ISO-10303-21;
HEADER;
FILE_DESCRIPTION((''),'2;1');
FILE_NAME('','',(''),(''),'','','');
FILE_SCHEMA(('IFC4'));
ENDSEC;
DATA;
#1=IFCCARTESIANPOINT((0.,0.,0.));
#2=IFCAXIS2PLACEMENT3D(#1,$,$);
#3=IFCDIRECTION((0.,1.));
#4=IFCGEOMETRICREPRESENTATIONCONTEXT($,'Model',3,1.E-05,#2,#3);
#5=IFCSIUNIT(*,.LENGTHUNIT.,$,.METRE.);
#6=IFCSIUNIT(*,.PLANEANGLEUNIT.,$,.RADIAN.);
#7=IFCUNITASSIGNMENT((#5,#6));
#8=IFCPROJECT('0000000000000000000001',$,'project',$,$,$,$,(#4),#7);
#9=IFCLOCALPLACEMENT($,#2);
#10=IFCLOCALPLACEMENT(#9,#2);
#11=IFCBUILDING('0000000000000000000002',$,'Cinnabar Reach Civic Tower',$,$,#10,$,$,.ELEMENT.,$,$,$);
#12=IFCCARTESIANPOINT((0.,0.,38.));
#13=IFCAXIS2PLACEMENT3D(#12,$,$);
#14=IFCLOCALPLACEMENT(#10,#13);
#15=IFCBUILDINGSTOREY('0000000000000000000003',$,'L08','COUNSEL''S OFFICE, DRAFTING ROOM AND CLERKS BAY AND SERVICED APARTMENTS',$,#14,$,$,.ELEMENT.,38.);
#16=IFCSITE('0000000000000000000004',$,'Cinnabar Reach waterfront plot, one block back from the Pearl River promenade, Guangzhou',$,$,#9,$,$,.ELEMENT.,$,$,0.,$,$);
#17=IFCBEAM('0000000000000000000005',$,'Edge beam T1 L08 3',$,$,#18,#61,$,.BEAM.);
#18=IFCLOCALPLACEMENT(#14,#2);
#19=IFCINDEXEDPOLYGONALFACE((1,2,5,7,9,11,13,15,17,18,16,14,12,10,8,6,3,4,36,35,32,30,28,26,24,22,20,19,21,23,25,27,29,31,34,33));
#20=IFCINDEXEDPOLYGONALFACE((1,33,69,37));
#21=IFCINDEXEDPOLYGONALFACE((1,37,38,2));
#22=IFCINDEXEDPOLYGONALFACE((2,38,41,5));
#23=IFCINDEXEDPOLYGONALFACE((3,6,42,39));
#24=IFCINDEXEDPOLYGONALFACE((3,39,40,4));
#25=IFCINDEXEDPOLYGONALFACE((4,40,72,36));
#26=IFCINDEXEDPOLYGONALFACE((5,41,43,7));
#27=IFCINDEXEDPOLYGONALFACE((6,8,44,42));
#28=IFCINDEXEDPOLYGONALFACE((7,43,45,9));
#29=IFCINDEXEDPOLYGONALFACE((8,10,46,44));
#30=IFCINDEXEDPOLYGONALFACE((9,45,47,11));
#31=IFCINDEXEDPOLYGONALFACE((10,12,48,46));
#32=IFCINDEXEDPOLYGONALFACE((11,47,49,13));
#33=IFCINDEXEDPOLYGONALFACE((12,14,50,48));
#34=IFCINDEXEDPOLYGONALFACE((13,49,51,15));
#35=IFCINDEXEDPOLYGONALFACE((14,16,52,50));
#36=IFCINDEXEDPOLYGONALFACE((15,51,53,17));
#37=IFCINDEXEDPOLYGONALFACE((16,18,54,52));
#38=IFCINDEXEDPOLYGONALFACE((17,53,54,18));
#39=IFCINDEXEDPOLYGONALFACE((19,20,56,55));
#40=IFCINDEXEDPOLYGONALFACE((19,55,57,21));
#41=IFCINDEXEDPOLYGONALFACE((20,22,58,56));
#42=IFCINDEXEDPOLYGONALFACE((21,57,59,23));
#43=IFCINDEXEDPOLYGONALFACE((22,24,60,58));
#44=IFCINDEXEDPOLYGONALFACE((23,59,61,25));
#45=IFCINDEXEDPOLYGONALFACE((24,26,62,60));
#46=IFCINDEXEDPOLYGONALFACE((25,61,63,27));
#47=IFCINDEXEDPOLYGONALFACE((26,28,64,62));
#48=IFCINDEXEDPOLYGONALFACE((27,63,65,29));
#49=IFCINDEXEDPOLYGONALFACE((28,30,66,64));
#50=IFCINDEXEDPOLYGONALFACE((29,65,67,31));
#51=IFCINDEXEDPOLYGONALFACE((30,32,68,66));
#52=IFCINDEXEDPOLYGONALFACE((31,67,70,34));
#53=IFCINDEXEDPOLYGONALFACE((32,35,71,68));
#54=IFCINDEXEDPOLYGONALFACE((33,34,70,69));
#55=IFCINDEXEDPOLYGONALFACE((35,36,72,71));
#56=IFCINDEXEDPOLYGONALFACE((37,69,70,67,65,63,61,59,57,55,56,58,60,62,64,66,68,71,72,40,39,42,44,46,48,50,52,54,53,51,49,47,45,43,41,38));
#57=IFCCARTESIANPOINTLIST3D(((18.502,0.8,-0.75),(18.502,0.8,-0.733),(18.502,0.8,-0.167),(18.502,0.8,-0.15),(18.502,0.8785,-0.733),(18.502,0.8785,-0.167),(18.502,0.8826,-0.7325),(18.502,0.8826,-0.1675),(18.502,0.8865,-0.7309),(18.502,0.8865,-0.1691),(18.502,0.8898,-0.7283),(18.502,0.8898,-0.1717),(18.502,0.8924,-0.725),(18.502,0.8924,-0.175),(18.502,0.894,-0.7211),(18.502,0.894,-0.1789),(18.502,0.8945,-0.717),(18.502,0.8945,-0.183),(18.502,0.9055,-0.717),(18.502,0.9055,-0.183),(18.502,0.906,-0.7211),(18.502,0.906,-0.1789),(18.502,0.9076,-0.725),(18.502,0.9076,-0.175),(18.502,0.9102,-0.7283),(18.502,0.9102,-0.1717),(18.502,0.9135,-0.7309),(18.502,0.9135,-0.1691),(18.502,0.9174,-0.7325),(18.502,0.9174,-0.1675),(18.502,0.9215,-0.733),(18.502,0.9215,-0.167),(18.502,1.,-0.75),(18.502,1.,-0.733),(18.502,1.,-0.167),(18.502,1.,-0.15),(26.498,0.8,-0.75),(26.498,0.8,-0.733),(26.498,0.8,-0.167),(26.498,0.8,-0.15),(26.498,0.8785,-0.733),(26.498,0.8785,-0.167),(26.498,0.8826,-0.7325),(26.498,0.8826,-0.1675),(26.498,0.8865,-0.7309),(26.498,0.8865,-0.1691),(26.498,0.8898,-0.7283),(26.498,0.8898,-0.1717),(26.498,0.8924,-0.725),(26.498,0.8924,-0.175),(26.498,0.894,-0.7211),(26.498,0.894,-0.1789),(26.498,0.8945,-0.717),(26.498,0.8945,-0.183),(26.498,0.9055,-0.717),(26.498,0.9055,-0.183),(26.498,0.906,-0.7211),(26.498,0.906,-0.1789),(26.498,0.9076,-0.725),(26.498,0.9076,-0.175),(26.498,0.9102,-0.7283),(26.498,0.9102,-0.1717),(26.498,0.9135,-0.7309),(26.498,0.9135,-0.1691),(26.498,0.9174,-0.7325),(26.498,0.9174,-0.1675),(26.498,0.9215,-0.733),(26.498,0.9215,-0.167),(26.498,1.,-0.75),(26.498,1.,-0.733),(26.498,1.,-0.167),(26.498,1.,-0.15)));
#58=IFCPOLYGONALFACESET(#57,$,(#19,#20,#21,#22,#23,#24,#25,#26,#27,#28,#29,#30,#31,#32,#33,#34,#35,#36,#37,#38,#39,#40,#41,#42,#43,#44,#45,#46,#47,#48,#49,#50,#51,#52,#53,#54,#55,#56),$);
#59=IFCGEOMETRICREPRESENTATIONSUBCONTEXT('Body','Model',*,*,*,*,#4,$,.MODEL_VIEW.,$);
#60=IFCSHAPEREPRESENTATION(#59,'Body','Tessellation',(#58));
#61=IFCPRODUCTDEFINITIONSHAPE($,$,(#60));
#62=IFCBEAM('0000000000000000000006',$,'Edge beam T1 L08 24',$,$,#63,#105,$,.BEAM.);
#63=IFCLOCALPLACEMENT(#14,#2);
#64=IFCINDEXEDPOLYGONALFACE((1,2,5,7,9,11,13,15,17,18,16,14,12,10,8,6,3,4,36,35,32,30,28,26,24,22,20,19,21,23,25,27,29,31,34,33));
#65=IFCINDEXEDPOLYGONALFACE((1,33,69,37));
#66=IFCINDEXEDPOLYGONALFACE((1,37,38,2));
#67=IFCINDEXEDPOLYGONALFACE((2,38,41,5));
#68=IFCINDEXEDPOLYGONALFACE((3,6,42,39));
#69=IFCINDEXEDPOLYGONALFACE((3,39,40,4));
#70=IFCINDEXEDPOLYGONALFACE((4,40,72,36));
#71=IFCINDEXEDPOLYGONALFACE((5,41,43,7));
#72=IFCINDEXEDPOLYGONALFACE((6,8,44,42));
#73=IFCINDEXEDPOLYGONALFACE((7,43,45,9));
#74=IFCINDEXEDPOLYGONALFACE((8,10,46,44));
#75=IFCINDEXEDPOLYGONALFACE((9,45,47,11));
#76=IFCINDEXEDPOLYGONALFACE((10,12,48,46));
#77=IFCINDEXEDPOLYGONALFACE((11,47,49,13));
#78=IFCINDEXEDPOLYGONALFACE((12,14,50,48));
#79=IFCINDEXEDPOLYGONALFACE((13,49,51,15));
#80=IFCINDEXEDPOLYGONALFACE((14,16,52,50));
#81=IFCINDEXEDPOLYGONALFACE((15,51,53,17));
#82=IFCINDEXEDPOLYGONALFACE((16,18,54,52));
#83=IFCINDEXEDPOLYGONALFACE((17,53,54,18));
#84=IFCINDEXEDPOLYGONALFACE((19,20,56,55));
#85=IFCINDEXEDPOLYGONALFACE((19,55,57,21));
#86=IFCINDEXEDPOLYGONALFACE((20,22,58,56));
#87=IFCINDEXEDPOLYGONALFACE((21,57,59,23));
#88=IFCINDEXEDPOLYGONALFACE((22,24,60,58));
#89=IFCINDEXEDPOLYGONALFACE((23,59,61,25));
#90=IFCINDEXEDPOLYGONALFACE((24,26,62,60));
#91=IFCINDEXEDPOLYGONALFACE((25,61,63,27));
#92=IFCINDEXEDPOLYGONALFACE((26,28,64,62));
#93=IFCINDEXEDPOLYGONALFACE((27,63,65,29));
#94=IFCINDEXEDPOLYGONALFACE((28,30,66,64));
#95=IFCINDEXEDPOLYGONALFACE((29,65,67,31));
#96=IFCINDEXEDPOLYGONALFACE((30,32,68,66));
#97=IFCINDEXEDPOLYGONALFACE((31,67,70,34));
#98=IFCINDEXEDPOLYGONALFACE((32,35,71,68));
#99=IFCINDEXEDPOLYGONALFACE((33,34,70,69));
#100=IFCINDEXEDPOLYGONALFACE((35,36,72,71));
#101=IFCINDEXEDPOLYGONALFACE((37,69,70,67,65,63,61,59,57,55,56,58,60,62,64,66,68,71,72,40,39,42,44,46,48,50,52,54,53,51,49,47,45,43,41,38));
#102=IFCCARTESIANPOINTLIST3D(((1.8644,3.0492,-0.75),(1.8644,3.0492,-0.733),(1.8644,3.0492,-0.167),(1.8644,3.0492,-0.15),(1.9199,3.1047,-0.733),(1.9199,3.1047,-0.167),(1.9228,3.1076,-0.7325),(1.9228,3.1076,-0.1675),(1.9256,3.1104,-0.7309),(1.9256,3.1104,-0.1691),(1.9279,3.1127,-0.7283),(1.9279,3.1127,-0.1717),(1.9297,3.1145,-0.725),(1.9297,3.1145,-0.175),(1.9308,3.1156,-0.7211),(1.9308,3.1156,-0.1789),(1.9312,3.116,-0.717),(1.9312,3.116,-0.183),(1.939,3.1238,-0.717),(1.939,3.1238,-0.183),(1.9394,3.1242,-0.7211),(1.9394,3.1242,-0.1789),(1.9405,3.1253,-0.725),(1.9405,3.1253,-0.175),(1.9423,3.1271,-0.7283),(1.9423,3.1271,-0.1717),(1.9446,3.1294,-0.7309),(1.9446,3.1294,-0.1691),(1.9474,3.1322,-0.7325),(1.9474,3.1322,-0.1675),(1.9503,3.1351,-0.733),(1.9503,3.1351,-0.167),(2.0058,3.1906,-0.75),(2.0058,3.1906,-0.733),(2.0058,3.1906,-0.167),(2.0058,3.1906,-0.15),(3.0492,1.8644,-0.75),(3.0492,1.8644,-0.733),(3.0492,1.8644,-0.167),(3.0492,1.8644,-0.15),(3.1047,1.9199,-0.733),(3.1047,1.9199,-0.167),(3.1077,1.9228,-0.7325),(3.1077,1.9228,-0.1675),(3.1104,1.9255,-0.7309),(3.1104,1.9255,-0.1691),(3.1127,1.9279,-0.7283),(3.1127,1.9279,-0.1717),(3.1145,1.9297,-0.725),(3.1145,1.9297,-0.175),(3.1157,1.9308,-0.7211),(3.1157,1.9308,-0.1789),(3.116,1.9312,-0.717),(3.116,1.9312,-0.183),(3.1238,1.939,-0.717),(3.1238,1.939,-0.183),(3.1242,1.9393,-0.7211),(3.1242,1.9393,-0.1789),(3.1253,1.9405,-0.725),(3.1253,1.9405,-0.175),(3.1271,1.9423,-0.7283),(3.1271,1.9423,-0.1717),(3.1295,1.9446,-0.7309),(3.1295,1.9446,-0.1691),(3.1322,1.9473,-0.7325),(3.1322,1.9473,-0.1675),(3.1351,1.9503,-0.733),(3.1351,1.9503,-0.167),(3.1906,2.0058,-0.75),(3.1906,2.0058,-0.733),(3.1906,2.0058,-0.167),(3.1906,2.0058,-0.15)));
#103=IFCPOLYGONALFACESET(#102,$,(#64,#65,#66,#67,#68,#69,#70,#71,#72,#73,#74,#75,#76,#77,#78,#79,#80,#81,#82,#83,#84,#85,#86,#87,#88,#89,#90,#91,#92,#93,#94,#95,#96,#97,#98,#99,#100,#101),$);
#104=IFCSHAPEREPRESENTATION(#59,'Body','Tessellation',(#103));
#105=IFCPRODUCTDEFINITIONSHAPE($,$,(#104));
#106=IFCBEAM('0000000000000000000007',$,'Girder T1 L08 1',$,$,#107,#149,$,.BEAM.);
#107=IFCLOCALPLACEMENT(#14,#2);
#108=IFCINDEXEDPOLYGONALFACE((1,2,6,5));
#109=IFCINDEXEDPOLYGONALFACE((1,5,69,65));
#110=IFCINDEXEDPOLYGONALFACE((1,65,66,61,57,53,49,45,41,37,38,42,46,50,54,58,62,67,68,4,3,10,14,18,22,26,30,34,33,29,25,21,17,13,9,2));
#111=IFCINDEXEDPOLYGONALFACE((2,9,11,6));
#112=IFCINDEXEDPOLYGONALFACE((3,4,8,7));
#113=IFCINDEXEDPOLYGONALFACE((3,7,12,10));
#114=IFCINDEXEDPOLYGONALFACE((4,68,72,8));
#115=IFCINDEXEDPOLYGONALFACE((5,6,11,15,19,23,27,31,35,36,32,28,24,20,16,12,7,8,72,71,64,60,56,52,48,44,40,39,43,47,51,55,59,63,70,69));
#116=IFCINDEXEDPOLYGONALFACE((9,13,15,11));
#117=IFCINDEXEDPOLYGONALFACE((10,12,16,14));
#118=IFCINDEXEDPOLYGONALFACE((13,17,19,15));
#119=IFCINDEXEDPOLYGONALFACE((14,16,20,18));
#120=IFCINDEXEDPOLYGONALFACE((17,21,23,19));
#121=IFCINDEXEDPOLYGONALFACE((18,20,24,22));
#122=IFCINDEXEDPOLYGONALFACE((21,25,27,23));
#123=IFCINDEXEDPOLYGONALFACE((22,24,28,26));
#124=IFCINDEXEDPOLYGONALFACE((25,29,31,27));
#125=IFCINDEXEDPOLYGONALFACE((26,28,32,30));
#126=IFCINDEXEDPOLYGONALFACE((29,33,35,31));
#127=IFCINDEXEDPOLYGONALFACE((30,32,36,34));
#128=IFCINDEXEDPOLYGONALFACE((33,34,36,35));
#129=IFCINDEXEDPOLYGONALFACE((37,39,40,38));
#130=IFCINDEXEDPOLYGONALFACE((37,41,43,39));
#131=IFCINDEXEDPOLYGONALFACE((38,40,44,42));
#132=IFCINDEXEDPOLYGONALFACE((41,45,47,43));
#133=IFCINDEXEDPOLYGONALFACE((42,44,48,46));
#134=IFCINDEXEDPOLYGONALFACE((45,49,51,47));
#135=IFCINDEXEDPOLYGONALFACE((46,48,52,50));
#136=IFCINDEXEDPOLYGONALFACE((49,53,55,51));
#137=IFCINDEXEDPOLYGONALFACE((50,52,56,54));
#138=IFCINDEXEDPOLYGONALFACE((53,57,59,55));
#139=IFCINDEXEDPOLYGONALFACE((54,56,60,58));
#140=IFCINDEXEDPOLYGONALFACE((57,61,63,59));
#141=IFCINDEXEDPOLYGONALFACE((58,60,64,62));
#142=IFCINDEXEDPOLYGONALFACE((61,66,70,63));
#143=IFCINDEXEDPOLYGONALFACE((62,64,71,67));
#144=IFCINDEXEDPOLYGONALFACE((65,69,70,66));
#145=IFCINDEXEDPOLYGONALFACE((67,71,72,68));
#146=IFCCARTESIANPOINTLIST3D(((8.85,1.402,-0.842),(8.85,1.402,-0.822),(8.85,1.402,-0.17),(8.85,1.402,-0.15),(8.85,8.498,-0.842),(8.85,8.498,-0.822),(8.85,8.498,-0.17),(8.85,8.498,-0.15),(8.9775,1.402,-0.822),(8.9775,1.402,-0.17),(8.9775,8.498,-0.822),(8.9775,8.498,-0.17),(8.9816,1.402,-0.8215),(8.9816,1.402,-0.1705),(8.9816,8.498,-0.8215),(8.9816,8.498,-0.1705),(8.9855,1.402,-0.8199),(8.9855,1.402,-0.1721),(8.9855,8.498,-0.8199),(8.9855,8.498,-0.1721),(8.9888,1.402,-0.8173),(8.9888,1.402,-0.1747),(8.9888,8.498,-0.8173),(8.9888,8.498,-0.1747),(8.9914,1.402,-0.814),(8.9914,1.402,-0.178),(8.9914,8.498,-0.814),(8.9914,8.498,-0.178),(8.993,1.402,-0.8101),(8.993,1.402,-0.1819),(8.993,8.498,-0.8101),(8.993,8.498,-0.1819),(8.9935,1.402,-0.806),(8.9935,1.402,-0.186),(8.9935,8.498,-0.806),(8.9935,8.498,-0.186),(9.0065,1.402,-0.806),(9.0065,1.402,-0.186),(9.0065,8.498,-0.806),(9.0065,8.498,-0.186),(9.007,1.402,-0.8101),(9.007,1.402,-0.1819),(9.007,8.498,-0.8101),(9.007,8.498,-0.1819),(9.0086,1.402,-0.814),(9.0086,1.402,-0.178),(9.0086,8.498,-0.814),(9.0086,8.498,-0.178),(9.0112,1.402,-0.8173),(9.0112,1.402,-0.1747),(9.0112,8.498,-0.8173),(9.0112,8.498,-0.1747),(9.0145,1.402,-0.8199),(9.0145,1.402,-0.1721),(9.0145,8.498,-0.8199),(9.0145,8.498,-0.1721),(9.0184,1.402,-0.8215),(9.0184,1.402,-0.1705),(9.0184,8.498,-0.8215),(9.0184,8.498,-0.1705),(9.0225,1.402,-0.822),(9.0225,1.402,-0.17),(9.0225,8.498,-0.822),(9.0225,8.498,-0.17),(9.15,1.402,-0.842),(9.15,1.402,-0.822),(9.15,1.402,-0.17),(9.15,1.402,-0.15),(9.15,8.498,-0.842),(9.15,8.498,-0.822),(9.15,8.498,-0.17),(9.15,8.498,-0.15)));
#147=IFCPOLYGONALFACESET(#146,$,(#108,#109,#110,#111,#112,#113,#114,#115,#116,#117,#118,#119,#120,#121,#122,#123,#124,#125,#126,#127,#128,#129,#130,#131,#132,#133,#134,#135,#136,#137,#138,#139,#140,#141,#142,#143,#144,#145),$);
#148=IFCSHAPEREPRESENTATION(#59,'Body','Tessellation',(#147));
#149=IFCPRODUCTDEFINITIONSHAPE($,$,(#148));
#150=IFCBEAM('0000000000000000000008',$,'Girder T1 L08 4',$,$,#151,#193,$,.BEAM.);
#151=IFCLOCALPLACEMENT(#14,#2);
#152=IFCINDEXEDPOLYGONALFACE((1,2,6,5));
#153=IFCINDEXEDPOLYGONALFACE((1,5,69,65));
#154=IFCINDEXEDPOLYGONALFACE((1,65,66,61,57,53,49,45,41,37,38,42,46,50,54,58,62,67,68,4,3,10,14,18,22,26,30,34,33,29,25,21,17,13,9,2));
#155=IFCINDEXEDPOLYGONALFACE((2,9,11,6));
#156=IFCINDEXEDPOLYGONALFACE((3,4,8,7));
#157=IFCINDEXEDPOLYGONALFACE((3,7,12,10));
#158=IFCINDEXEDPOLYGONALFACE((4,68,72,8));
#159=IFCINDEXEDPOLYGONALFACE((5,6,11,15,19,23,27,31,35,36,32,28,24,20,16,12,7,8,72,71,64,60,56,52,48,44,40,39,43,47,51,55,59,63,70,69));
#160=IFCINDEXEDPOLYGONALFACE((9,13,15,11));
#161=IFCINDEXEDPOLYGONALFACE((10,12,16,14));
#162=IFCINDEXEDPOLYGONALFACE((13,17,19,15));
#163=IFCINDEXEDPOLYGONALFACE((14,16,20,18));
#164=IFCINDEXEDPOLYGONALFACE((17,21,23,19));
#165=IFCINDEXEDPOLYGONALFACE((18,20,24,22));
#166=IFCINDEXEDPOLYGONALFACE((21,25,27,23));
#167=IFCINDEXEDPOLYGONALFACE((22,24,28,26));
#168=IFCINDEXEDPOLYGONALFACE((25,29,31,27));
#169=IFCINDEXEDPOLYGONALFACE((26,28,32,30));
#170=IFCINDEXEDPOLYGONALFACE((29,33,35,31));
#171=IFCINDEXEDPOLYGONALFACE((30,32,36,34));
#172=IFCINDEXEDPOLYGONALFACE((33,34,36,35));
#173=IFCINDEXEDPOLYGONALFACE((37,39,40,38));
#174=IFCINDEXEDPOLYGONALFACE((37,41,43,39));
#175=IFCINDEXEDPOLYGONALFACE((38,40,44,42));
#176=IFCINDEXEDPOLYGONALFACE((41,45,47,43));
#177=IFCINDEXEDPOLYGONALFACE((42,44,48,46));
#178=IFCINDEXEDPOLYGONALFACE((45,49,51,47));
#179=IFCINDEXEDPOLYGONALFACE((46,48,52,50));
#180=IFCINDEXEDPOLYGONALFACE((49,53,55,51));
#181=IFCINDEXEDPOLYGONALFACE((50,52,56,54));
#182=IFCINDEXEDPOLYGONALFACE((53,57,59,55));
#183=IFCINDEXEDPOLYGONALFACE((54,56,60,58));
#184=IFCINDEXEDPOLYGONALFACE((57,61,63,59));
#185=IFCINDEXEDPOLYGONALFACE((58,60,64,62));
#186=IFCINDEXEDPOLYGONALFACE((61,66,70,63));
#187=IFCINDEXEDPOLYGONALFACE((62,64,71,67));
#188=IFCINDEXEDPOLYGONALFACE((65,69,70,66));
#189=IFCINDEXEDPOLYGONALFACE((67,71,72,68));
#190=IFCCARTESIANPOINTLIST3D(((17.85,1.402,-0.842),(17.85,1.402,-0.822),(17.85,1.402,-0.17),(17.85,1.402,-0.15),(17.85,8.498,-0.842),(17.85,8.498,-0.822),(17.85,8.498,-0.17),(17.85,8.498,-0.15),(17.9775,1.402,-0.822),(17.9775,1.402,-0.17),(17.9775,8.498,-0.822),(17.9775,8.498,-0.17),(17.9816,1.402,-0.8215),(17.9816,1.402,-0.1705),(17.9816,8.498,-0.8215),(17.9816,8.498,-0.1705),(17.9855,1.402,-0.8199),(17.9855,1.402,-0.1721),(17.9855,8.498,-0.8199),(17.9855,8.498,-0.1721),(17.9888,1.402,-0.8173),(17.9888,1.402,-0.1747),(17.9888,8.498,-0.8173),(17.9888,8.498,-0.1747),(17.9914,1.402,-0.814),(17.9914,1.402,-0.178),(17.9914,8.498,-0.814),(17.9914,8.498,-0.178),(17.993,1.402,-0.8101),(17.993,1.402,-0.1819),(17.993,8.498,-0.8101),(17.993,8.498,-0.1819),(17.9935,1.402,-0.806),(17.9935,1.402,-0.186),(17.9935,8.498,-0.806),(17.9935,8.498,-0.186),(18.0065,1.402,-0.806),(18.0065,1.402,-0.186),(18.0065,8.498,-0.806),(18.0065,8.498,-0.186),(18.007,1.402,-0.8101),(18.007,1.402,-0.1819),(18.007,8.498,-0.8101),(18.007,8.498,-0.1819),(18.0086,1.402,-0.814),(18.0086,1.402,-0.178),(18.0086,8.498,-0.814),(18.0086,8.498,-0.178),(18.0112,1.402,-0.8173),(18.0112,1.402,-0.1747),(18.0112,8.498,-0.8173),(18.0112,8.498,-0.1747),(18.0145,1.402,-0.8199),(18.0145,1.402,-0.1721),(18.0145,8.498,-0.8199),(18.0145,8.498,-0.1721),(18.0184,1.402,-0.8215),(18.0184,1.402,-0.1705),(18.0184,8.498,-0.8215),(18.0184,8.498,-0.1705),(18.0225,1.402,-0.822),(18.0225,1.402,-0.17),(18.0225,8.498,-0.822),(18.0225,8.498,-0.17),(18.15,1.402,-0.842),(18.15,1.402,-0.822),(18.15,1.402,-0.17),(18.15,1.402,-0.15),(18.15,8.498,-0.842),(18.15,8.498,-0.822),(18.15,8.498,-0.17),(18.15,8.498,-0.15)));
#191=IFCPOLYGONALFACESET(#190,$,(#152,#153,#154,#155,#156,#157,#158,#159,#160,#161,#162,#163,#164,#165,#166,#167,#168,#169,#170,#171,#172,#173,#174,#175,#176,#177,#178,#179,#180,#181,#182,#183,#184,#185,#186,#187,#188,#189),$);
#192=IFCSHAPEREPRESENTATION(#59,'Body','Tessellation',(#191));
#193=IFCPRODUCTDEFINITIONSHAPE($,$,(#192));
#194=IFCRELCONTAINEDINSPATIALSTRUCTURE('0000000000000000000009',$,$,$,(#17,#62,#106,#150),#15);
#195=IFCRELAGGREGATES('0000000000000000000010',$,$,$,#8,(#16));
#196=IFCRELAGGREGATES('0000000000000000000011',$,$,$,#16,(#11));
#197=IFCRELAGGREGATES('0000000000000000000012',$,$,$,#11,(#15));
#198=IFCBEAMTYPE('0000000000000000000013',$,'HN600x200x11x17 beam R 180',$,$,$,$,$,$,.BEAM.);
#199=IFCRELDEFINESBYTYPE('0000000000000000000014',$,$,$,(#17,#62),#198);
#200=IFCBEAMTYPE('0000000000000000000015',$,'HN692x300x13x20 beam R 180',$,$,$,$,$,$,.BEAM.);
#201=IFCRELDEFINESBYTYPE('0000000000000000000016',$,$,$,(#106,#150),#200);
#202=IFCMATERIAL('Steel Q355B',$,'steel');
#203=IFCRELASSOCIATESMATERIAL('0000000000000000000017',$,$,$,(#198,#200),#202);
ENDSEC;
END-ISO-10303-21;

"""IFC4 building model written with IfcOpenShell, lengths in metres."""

from ifc_helpers import new_model, si_unit, direction, frame, origin, origin_2d, place, context, subcontext, project, spatial, i_section, extrude, material, material_profile, profile_set, type_object, element, save


model = new_model("IFC4")

# Units and contexts
model_context = context("Model", 3, precision=1e-05, world=origin(), true_north=direction((0.0, 1.0)))
body_context = subcontext(model_context, "Body", "Model", "MODEL_VIEW")
ifc_project = project(units=[si_unit("LENGTHUNIT", "METRE"), si_unit("PLANEANGLEUNIT", "RADIAN")], contexts=[model_context])

# Site, building, storey
site_placement = place(None, origin())
site = spatial("IfcSite", under=ifc_project, at=site_placement, Name="Cinnabar Reach waterfront plot, one block back from the Pearl River promenade, Guangzhou", CompositionType="ELEMENT", RefElevation=0.0)
building_placement = place(site_placement, origin())
building = spatial("IfcBuilding", under=site, at=building_placement, Name="Cinnabar Reach Civic Tower", CompositionType="ELEMENT")
storey_placement = place(building_placement, frame((0.0, 0.0, 38.0)))
storey = spatial("IfcBuildingStorey", under=building, at=storey_placement, Name="L08", Description="COUNSEL'S OFFICE, DRAFTING ROOM AND CLERKS BAY AND SERVICED APARTMENTS", CompositionType="ELEMENT", Elevation=38.0)

# Beams
ifc_material_1 = material(Name="Steel Q355B", Category="steel")
ifc_material_profile_1 = material_profile(ifc_material_1, i_section(OverallWidth=0.2, OverallDepth=0.6, WebThickness=0.011, FlangeThickness=0.017, FilletRadius=0.016, at=origin_2d()), Name="HN600x200x11x17")
ifc_profile_set_1 = profile_set([ifc_material_profile_1], Name="Steel Q355B")
beam_type_1 = type_object("IfcBeamType", Name="HN600x200x11x17 beam R 180", PredefinedType="BEAM", material=ifc_profile_set_1)
for number, where, z_axis, x_axis, name in (
    (1, (18.502, 0.9, -0.45), (1.0, 0.0, 0.0), (0.0, 1.0, 0.0), "Edge beam T1 L08 3"),
):
    element("IfcBeam", number, at=place(storey_placement, frame(where, z_axis=z_axis, x_axis=x_axis)), inside=storey, type_object=beam_type_1, Name=name, PredefinedType="BEAM", context=body_context, shape_type="SweptSolid", body=[
        extrude(i_section(OverallWidth=0.2, OverallDepth=0.6, WebThickness=0.011, FlangeThickness=0.017, FilletRadius=0.016, at=origin_2d()), origin(), (0.0, 0.0, 1.0), 7.996),
    ])
beam_1_placement = place(storey_placement, frame((1.9351, 3.1199, -0.45), z_axis=(0.707107, -0.707107, 0.0), x_axis=(0.707107, 0.707107, 0.0)))
element("IfcBeam", 2, at=beam_1_placement, inside=storey, type_object=beam_type_1, Name="Edge beam T1 L08 24", PredefinedType="BEAM", context=body_context, shape_type="SweptSolid", body=[
    extrude(i_section(OverallWidth=0.2, OverallDepth=0.6, WebThickness=0.011, FlangeThickness=0.017, FilletRadius=0.016, at=origin_2d()), origin(), (0.0, 0.0, 1.0), 1.6756),
])
ifc_material_profile_2 = material_profile(ifc_material_1, i_section(OverallWidth=0.3, OverallDepth=0.692, WebThickness=0.013, FlangeThickness=0.02, FilletRadius=0.016, at=origin_2d()), Name="HN692x300x13x20")
ifc_profile_set_2 = profile_set([ifc_material_profile_2], Name="Steel Q355B")
beam_type_2 = type_object("IfcBeamType", Name="HN692x300x13x20 beam R 180", PredefinedType="BEAM", material=ifc_profile_set_2)
for number, where, z_axis, x_axis, name in (
    (3, (9.0, 1.402, -0.496), (0.0, 1.0, 0.0), (-1.0, 0.0, 0.0), "Girder T1 L08 1"),
    (4, (18.0, 1.402, -0.496), (0.0, 1.0, 0.0), (-1.0, 0.0, 0.0), "Girder T1 L08 4"),
):
    element("IfcBeam", number, at=place(storey_placement, frame(where, z_axis=z_axis, x_axis=x_axis)), inside=storey, type_object=beam_type_2, Name=name, PredefinedType="BEAM", context=body_context, shape_type="SweptSolid", body=[
        extrude(i_section(OverallWidth=0.3, OverallDepth=0.692, WebThickness=0.013, FlangeThickness=0.02, FilletRadius=0.016, at=origin_2d()), origin(), (0.0, 0.0, 1.0), 7.096),
    ])

save(model, "model.ifc")
